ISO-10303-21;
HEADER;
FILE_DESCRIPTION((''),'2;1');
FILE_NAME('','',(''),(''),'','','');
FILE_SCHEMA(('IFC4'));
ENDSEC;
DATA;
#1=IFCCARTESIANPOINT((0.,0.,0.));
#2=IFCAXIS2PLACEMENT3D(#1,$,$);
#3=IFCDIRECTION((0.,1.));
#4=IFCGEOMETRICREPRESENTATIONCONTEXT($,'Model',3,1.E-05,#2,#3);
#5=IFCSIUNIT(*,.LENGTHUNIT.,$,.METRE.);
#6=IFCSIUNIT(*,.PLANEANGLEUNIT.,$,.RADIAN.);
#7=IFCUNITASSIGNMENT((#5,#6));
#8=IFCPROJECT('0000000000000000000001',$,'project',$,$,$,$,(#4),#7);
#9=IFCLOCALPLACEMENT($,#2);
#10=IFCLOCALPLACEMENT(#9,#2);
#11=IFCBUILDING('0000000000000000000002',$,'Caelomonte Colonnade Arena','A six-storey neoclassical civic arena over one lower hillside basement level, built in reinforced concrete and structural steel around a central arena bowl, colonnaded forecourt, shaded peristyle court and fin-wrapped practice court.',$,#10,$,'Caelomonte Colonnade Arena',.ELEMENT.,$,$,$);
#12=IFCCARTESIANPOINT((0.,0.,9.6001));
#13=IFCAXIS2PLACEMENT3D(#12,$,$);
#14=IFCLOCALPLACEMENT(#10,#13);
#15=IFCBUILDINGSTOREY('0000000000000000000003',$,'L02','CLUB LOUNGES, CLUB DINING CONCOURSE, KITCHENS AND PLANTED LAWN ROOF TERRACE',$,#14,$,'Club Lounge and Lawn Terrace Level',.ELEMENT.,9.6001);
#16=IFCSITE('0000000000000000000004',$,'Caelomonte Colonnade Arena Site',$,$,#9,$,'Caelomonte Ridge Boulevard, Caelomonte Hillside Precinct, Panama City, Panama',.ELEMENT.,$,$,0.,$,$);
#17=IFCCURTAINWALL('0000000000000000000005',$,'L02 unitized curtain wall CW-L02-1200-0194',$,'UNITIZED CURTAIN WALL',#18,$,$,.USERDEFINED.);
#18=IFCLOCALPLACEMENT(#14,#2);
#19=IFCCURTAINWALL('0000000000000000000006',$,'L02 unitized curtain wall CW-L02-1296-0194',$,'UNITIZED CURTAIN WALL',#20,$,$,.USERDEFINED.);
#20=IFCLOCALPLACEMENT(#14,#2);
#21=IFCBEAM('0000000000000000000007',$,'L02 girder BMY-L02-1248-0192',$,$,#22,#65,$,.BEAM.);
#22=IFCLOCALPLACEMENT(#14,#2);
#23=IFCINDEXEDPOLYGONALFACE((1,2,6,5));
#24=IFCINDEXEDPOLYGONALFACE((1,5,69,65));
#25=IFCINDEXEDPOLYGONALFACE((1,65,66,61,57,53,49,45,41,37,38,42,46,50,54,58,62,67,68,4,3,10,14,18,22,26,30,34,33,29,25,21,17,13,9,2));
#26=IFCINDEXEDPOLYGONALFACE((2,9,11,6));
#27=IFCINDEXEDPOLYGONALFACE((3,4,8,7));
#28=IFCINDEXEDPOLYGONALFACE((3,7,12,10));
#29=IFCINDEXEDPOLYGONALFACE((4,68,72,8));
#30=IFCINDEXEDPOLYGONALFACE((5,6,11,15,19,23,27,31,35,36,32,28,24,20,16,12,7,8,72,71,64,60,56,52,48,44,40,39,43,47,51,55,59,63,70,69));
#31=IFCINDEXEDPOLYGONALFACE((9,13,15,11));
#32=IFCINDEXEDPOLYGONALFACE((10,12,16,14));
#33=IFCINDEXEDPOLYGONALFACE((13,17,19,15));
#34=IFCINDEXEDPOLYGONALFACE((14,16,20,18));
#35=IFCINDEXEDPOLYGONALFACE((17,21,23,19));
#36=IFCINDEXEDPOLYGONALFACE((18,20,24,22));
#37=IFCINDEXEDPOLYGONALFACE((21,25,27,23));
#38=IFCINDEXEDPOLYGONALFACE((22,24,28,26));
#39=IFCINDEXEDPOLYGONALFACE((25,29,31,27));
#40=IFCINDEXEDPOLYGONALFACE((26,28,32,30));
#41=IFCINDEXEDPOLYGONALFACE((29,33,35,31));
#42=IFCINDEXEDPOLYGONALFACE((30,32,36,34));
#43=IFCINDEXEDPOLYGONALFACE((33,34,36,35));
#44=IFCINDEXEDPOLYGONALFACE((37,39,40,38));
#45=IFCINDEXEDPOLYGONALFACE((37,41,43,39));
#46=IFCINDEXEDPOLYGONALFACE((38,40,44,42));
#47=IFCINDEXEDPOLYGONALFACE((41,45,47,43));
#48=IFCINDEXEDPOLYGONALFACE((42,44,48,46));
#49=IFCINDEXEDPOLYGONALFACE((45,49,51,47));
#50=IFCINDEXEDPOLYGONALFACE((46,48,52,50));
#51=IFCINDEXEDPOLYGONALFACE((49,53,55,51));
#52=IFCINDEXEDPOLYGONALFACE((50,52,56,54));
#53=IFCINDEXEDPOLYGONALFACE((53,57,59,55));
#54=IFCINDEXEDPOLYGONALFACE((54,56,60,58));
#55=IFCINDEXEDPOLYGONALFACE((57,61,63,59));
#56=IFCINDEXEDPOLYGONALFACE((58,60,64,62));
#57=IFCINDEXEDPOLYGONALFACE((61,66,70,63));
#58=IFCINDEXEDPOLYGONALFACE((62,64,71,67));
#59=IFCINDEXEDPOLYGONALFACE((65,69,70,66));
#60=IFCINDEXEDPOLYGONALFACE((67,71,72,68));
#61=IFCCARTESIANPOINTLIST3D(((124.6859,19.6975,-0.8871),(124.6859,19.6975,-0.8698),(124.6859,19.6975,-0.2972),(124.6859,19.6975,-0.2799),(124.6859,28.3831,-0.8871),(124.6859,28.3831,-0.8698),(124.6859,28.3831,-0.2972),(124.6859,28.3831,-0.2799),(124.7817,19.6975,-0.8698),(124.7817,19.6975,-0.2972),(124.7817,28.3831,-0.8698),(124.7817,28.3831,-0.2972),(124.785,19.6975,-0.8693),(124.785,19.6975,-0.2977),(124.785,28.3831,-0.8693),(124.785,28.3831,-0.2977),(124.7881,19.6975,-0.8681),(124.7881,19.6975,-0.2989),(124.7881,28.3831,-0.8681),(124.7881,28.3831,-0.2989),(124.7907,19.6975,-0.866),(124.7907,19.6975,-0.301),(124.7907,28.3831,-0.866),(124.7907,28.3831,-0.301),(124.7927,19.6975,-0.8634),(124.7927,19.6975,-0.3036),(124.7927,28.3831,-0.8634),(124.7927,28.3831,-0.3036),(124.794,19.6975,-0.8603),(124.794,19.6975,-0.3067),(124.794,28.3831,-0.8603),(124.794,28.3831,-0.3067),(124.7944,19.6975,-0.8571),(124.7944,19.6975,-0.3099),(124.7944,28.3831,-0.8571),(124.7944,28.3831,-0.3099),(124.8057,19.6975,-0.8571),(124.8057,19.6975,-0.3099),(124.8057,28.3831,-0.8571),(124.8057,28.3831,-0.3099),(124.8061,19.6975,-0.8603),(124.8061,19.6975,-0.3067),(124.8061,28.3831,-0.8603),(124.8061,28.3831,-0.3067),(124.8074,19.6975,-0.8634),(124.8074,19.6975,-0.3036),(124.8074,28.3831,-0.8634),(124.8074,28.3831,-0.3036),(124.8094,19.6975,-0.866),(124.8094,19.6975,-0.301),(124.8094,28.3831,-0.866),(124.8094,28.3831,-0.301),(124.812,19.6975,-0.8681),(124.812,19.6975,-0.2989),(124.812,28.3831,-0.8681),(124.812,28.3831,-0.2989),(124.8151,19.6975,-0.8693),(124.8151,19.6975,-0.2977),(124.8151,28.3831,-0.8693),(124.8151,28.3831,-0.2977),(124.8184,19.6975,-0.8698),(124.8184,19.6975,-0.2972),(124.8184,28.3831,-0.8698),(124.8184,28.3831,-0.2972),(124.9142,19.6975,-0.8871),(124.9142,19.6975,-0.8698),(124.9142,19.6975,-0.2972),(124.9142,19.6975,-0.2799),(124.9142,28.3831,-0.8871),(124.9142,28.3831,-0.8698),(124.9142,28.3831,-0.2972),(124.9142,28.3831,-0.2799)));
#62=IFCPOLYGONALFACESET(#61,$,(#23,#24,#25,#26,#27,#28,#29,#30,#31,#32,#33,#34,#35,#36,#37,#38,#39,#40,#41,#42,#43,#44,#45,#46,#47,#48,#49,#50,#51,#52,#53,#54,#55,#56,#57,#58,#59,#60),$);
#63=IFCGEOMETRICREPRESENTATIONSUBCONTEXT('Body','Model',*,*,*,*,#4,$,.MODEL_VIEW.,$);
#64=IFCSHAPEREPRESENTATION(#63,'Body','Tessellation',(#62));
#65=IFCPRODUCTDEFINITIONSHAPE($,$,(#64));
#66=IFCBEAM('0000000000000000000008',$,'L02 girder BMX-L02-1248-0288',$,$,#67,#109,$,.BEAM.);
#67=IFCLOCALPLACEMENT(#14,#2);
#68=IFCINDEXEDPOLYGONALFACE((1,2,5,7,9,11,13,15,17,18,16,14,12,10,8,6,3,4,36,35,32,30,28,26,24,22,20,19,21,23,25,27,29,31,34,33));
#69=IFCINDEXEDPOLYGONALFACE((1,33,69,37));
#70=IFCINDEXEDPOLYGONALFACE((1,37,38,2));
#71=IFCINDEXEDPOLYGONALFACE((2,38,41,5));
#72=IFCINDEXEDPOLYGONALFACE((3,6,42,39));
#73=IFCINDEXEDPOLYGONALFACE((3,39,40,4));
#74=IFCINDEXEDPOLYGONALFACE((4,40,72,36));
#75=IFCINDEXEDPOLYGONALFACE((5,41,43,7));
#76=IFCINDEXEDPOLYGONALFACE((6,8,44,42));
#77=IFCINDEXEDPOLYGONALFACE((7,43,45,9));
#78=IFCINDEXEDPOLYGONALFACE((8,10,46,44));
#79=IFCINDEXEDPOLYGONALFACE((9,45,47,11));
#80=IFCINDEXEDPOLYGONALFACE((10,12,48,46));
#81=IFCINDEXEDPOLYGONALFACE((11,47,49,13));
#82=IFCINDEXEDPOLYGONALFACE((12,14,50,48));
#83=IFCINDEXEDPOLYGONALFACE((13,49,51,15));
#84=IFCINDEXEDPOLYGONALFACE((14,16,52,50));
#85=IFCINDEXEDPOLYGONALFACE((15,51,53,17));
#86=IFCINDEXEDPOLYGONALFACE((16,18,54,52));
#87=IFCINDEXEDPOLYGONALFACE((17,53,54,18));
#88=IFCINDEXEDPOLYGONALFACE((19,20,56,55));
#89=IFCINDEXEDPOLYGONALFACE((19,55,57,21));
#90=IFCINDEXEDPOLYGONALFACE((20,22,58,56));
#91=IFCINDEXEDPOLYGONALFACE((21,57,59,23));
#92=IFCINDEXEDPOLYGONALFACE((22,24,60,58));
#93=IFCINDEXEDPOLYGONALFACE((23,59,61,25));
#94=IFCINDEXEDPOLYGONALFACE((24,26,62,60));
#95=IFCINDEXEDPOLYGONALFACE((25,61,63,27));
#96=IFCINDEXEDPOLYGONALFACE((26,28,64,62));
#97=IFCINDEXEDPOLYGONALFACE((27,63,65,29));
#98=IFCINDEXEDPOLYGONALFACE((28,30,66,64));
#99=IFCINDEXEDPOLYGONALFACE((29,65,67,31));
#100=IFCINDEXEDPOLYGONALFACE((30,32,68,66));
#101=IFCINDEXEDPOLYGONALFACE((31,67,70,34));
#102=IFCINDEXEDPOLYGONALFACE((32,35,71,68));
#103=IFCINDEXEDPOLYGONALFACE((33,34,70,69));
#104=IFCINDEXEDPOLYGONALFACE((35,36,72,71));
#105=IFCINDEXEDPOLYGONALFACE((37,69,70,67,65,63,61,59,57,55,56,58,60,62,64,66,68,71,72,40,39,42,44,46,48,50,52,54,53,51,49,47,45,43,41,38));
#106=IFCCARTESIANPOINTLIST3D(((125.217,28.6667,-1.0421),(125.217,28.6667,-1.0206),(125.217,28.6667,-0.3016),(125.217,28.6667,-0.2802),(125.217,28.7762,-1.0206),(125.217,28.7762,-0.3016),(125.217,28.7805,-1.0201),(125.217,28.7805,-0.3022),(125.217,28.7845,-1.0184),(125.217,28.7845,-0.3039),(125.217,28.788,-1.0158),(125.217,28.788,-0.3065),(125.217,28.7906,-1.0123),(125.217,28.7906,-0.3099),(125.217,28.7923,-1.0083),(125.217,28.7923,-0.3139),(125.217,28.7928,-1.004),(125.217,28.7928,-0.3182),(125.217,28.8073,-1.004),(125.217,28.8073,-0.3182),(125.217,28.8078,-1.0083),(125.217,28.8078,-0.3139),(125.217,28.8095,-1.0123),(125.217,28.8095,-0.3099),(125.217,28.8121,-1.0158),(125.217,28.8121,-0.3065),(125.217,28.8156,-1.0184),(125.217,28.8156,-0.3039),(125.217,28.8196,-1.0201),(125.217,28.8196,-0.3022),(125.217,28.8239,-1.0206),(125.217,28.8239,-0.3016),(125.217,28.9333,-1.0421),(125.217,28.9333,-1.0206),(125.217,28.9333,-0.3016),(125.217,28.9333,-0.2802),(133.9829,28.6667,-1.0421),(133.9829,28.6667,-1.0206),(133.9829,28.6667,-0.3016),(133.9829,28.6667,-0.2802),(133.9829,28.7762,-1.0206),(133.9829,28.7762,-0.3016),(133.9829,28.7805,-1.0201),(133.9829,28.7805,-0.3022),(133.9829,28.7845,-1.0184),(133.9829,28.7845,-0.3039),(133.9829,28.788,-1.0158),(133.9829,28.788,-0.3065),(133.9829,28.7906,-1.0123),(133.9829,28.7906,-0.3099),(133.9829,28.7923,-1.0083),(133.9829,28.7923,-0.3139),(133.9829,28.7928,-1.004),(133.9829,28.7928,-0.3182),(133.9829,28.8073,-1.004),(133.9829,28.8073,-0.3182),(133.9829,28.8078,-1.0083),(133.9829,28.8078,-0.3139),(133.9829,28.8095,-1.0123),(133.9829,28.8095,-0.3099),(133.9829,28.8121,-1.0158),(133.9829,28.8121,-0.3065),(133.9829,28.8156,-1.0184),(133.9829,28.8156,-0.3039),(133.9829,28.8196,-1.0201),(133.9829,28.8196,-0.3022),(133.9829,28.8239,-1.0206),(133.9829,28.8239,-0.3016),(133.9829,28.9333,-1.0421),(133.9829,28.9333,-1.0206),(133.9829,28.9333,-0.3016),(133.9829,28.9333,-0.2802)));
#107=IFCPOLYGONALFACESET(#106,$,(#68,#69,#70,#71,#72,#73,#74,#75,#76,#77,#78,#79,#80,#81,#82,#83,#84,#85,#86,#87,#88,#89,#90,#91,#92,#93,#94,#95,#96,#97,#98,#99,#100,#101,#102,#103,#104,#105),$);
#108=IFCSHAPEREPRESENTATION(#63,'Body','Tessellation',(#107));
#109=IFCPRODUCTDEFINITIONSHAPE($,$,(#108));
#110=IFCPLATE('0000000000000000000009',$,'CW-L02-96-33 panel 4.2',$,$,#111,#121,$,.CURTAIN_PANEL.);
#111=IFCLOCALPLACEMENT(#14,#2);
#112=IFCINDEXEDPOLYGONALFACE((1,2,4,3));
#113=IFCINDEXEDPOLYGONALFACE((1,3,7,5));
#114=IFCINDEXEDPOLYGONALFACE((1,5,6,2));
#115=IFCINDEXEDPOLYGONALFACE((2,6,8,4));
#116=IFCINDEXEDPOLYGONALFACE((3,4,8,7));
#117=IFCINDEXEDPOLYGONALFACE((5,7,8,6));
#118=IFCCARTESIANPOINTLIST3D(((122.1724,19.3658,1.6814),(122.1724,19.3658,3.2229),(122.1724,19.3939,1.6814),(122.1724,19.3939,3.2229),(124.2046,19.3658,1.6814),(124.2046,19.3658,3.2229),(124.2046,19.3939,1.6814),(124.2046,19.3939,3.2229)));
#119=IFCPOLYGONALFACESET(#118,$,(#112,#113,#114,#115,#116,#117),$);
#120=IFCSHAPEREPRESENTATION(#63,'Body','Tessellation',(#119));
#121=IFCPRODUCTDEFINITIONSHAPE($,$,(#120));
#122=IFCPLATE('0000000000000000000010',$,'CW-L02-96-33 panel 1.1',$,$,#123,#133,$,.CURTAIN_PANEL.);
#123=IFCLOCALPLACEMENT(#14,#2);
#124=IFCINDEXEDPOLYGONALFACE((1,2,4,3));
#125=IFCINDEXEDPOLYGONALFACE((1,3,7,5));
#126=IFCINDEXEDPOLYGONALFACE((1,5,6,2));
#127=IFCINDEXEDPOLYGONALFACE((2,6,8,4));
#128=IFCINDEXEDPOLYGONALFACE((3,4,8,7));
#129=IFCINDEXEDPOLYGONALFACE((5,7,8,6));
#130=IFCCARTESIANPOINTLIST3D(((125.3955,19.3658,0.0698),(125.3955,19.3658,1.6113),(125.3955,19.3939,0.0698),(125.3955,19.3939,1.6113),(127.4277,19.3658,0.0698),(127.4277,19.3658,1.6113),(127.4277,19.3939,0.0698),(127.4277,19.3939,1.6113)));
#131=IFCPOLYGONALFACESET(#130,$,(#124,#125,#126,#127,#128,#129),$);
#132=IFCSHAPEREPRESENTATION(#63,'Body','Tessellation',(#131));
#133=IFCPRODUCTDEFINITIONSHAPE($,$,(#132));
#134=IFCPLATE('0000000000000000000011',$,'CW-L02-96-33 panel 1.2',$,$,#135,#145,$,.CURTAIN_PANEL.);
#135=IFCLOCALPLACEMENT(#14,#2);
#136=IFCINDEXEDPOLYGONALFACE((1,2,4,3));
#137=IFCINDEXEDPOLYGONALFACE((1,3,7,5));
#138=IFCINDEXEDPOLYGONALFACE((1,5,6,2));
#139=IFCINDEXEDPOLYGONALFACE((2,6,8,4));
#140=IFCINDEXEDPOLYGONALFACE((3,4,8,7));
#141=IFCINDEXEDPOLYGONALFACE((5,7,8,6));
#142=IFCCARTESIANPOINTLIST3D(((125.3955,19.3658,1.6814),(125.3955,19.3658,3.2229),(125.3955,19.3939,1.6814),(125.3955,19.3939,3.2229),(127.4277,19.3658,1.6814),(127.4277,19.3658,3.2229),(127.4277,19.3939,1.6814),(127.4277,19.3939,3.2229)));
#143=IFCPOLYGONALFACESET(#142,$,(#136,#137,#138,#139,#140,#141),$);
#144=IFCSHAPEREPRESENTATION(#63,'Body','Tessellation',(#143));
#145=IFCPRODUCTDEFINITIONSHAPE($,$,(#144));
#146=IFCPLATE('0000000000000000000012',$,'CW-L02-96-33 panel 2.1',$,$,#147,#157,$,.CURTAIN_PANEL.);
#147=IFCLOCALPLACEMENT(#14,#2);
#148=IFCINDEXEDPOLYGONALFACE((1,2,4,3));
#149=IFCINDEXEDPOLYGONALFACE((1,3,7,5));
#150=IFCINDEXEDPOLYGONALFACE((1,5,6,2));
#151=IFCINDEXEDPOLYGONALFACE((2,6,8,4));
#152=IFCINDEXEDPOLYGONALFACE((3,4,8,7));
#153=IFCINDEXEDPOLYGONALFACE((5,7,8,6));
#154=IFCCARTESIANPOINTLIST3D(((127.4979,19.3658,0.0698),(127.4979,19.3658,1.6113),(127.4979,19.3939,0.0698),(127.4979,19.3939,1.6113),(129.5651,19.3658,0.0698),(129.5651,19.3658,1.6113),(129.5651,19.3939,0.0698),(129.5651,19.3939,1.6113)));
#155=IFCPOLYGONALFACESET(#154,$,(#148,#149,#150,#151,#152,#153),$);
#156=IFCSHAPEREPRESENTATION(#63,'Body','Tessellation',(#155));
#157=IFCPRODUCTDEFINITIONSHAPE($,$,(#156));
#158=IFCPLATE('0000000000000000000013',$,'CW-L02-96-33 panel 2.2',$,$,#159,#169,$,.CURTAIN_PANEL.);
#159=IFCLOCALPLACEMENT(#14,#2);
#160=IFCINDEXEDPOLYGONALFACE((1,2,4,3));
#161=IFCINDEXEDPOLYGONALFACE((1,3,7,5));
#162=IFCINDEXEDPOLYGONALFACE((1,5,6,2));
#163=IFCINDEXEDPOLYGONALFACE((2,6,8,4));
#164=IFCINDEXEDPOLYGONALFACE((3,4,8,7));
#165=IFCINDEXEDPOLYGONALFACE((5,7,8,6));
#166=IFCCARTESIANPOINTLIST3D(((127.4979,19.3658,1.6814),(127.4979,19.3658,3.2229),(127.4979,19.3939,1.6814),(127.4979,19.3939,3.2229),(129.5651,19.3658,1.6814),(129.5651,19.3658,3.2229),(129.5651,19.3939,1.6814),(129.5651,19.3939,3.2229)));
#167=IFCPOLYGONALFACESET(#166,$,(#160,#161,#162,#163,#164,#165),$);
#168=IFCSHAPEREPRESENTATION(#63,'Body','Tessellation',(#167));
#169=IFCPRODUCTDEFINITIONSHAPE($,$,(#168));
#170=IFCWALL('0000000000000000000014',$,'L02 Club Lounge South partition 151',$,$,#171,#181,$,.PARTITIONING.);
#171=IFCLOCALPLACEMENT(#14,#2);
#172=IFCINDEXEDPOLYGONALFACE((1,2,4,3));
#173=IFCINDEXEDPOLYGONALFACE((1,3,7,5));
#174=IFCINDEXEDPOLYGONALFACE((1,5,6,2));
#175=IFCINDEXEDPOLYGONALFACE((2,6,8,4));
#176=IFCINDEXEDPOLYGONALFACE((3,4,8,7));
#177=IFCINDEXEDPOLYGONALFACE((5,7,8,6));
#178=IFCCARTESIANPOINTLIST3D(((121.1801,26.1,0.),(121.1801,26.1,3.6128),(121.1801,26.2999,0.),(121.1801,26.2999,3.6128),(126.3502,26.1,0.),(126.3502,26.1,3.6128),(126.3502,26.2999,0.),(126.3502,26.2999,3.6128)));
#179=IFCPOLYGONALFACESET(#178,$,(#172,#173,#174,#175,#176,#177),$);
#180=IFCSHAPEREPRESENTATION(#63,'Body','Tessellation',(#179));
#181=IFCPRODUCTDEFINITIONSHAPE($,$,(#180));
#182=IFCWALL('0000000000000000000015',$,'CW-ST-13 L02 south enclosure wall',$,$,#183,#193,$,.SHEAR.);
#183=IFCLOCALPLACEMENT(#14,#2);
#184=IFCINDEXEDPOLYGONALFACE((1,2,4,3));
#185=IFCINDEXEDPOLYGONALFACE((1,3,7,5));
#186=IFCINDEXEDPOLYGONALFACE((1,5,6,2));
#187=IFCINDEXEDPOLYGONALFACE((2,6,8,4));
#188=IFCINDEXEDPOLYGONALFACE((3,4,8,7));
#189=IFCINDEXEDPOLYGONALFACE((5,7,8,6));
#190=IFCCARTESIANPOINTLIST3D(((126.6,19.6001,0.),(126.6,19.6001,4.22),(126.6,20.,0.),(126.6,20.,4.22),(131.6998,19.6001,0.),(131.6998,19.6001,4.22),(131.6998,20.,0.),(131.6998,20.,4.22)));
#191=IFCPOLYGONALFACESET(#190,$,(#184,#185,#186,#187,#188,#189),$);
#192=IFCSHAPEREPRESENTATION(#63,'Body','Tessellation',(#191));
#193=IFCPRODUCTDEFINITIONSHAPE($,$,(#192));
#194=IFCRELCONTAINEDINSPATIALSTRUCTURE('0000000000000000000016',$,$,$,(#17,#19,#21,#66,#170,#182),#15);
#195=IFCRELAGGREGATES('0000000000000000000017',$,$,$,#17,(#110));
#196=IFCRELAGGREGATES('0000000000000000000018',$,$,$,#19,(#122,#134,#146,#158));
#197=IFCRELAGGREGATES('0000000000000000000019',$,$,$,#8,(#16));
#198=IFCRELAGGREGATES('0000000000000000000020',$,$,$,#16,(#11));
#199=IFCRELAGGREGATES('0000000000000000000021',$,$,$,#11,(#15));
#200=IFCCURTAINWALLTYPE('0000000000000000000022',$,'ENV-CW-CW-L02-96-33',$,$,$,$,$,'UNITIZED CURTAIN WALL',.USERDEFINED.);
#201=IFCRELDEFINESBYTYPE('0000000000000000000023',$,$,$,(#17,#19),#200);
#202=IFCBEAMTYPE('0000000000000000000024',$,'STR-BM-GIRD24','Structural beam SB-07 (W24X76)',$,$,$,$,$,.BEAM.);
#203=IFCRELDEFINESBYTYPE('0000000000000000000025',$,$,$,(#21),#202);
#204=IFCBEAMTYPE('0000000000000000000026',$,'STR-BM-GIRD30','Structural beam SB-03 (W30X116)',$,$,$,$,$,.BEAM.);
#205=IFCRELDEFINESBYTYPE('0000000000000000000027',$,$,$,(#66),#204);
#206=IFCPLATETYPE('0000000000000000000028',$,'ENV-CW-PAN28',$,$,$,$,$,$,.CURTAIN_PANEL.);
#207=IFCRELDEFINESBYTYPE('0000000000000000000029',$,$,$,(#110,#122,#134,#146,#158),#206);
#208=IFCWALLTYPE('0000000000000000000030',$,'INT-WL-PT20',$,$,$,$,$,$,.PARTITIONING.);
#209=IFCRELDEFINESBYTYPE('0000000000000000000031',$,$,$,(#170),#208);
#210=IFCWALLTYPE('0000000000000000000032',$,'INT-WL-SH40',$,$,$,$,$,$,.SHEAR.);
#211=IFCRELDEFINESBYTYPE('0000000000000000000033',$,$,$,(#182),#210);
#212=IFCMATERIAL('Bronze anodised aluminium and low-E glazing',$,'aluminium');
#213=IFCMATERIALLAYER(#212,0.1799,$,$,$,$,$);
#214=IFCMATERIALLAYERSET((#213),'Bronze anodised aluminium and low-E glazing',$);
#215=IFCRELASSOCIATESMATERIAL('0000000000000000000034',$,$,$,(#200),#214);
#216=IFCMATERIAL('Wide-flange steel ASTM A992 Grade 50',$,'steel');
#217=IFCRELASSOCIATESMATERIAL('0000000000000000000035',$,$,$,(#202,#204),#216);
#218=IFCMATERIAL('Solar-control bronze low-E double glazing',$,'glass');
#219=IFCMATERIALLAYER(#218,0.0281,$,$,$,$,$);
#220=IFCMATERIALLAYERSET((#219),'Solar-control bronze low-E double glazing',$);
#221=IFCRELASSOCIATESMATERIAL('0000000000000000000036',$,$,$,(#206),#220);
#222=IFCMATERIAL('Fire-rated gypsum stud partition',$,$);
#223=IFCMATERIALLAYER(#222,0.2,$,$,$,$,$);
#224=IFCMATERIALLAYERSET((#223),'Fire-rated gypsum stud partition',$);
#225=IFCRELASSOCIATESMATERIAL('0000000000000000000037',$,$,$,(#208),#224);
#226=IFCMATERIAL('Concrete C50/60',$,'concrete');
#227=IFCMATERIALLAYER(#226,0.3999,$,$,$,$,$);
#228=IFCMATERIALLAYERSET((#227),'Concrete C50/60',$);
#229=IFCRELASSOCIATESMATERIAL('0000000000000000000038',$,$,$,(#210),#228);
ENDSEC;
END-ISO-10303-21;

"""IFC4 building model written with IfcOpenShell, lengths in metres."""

from ifc_helpers import new_model, si_unit, direction, frame, frame_2d, origin, origin_2d, place, context, subcontext, project, spatial, rectangle, i_section, extrude, material, layer, layer_set, material_profile, profile_set, type_object, element, aggregate, save


model = new_model("IFC4")

# Units and contexts
model_context = context("Model", 3, precision=1e-05, world=origin(), true_north=direction((0.0, 1.0)))
body_context = subcontext(model_context, "Body", "Model", "MODEL_VIEW")
ifc_project = project(units=[si_unit("LENGTHUNIT", "METRE"), si_unit("PLANEANGLEUNIT", "RADIAN")], contexts=[model_context])

# Site, building, storey
site_placement = place(None, origin())
site = spatial("IfcSite", under=ifc_project, at=site_placement, Name="Caelomonte Colonnade Arena Site", LongName="Caelomonte Ridge Boulevard, Caelomonte Hillside Precinct, Panama City, Panama", CompositionType="ELEMENT", RefElevation=0.0)
building_placement = place(site_placement, origin())
building = spatial("IfcBuilding", under=site, at=building_placement, Name="Caelomonte Colonnade Arena", Description="A six-storey neoclassical civic arena over one lower hillside basement level, built in reinforced concrete and structural steel around a central arena bowl, colonnaded forecourt, shaded peristyle court and fin-wrapped practice court.", LongName="Caelomonte Colonnade Arena", CompositionType="ELEMENT")
storey_placement = place(building_placement, frame((0.0, 0.0, 9.6001)))
storey = spatial("IfcBuildingStorey", under=building, at=storey_placement, Name="L02", Description="CLUB LOUNGES, CLUB DINING CONCOURSE, KITCHENS AND PLANTED LAWN ROOF TERRACE", LongName="Club Lounge and Lawn Terrace Level", CompositionType="ELEMENT", Elevation=9.6001)

# Shared definitions
ifc_material_1 = material(Name="Concrete C50/60", Category="concrete")

# Curtain wall
ifc_material_2 = material(Name="Bronze anodised aluminium and low-E glazing", Category="aluminium")
ifc_layer_1 = layer(ifc_material_2, 0.1799)
ifc_layer_set_1 = layer_set([ifc_layer_1], Name="Bronze anodised aluminium and low-E glazing")
curtain_wall_type = type_object("IfcCurtainWallType", Name="ENV-CW-CW-L02-96-33", ElementType="UNITIZED CURTAIN WALL", PredefinedType="USERDEFINED", material=ifc_layer_set_1)
curtain_wall_1_placement = place(storey_placement, origin())
curtain_wall_1 = element("IfcCurtainWall", 1, at=curtain_wall_1_placement, inside=storey, type_object=curtain_wall_type, Name="L02 unitized curtain wall CW-L02-1200-0194", ObjectType="UNITIZED CURTAIN WALL", PredefinedType="USERDEFINED")

# Curtain wall
curtain_wall_2_placement = place(storey_placement, origin())
curtain_wall_2 = element("IfcCurtainWall", 2, at=curtain_wall_2_placement, inside=storey, type_object=curtain_wall_type, Name="L02 unitized curtain wall CW-L02-1296-0194", ObjectType="UNITIZED CURTAIN WALL", PredefinedType="USERDEFINED")

# Beams
ifc_material_3 = material(Name="Wide-flange steel ASTM A992 Grade 50", Category="steel")
ifc_material_profile_1 = material_profile(ifc_material_3, i_section(OverallWidth=0.2283, OverallDepth=0.6072, WebThickness=0.0112, FlangeThickness=0.0173, FilletRadius=0.0127, at=origin_2d()), Name="W24X76")
ifc_profile_set_1 = profile_set([ifc_material_profile_1], Name="Wide-flange steel ASTM A992 Grade 50")
beam_type_1 = type_object("IfcBeamType", Name="STR-BM-GIRD24", Description="Structural beam SB-07 (W24X76)", PredefinedType="BEAM", material=ifc_profile_set_1)
beam_1_placement = place(storey_placement, frame((124.8, 19.6975, -0.5835), z_axis=(0.0, 1.0, 0.0), x_axis=(-1.0, 0.0, 0.0)))
element("IfcBeam", 3, at=beam_1_placement, inside=storey, type_object=beam_type_1, Name="L02 girder BMY-L02-1248-0192", PredefinedType="BEAM", context=body_context, shape_type="SweptSolid", body=[
    extrude(i_section(OverallWidth=0.2283, OverallDepth=0.6072, WebThickness=0.0112, FlangeThickness=0.0173, FilletRadius=0.0127, at=origin_2d()), origin(), (0.0, 0.0, 1.0), 8.6855),
])
ifc_material_profile_2 = material_profile(ifc_material_3, i_section(OverallWidth=0.2666, OverallDepth=0.762, WebThickness=0.0144, FlangeThickness=0.0215, FilletRadius=0.0166, at=origin_2d()), Name="W30X116")
ifc_profile_set_2 = profile_set([ifc_material_profile_2], Name="Wide-flange steel ASTM A992 Grade 50")
beam_type_2 = type_object("IfcBeamType", Name="STR-BM-GIRD30", Description="Structural beam SB-03 (W30X116)", PredefinedType="BEAM", material=ifc_profile_set_2)
beam_2_placement = place(storey_placement, frame((125.217, 28.8, -0.6611), z_axis=(1.0, 0.0, 0.0), x_axis=(0.0, 1.0, 0.0)))
element("IfcBeam", 4, at=beam_2_placement, inside=storey, type_object=beam_type_2, Name="L02 girder BMX-L02-1248-0288", PredefinedType="BEAM", context=body_context, shape_type="SweptSolid", body=[
    extrude(i_section(OverallWidth=0.2666, OverallDepth=0.762, WebThickness=0.0144, FlangeThickness=0.0215, FilletRadius=0.0166, at=origin_2d()), origin(), (0.0, 0.0, 1.0), 8.7659),
])

# Plates
ifc_material_4 = material(Name="Solar-control bronze low-E double glazing", Category="glass")
ifc_layer_2 = layer(ifc_material_4, 0.0281)
ifc_layer_set_2 = layer_set([ifc_layer_2], Name="Solar-control bronze low-E double glazing")
plate_type = type_object("IfcPlateType", Name="ENV-CW-PAN28", PredefinedType="CURTAIN_PANEL", material=ifc_layer_set_2)
plate_1_placement = place(storey_placement, frame((123.1885, 19.3799, 1.6814), z_axis=(0.0, 0.0, 1.0), x_axis=(1.0, 0.0, 0.0)))
plate_1 = element("IfcPlate", 5, at=plate_1_placement, type_object=plate_type, Name="CW-L02-96-33 panel 4.2", PredefinedType="CURTAIN_PANEL", context=body_context, shape_type="SweptSolid", body=[
    extrude(rectangle(XDim=2.0322, YDim=0.0281, at=origin_2d()), origin(), (0.0, 0.0, 1.0), 1.5415),
])
aggregate(curtain_wall_1, [plate_1])
plate_2_placement = place(storey_placement, frame((126.4116, 19.3799, 0.0698), z_axis=(0.0, 0.0, 1.0), x_axis=(1.0, 0.0, 0.0)))
plate_2 = element("IfcPlate", 6, at=plate_2_placement, type_object=plate_type, Name="CW-L02-96-33 panel 1.1", PredefinedType="CURTAIN_PANEL", context=body_context, shape_type="SweptSolid", body=[
    extrude(rectangle(XDim=2.0322, YDim=0.0281, at=origin_2d()), origin(), (0.0, 0.0, 1.0), 1.5415),
])
plate_3_placement = place(storey_placement, frame((126.4116, 19.3799, 1.6814), z_axis=(0.0, 0.0, 1.0), x_axis=(1.0, 0.0, 0.0)))
plate_3 = element("IfcPlate", 7, at=plate_3_placement, type_object=plate_type, Name="CW-L02-96-33 panel 1.2", PredefinedType="CURTAIN_PANEL", context=body_context, shape_type="SweptSolid", body=[
    extrude(rectangle(XDim=2.0322, YDim=0.0281, at=origin_2d()), origin(), (0.0, 0.0, 1.0), 1.5415),
])
plate_4_placement = place(storey_placement, frame((128.5315, 19.3799, 0.0698), z_axis=(0.0, 0.0, 1.0), x_axis=(1.0, 0.0, 0.0)))
plate_4 = element("IfcPlate", 8, at=plate_4_placement, type_object=plate_type, Name="CW-L02-96-33 panel 2.1", PredefinedType="CURTAIN_PANEL", context=body_context, shape_type="SweptSolid", body=[
    extrude(rectangle(XDim=2.0671, YDim=0.0281, at=origin_2d()), origin(), (0.0, 0.0, 1.0), 1.5415),
])
plate_5_placement = place(storey_placement, frame((128.5315, 19.3799, 1.6814), z_axis=(0.0, 0.0, 1.0), x_axis=(1.0, 0.0, 0.0)))
plate_5 = element("IfcPlate", 9, at=plate_5_placement, type_object=plate_type, Name="CW-L02-96-33 panel 2.2", PredefinedType="CURTAIN_PANEL", context=body_context, shape_type="SweptSolid", body=[
    extrude(rectangle(XDim=2.0671, YDim=0.0281, at=origin_2d()), origin(), (0.0, 0.0, 1.0), 1.5415),
])
aggregate(curtain_wall_2, [plate_2, plate_3, plate_4, plate_5])

# Walls
ifc_material_5 = material(Name="Fire-rated gypsum stud partition")
ifc_layer_3 = layer(ifc_material_5, 0.2)
ifc_layer_set_3 = layer_set([ifc_layer_3], Name="Fire-rated gypsum stud partition")
wall_type_1 = type_object("IfcWallType", Name="INT-WL-PT20", PredefinedType="PARTITIONING", material=ifc_layer_set_3)
wall_1_placement = place(storey_placement, frame((126.3501, 26.2, 0.0), z_axis=(0.0, 0.0, 1.0), x_axis=(-1.0, 0.0, 0.0)))
element("IfcWall", 10, at=wall_1_placement, inside=storey, type_object=wall_type_1, Name="L02 Club Lounge South partition 151", PredefinedType="PARTITIONING", context=body_context, shape_type="SweptSolid", body=[
    extrude(rectangle(XDim=5.1702, YDim=0.2, at=frame_2d((2.585, 0.0))), origin(), (0.0, 0.0, 1.0), 3.6128),
])
ifc_layer_4 = layer(ifc_material_1, 0.3999)
ifc_layer_set_4 = layer_set([ifc_layer_4], Name="Concrete C50/60")
wall_type_2 = type_object("IfcWallType", Name="INT-WL-SH40", PredefinedType="SHEAR", material=ifc_layer_set_4)
wall_2_placement = place(storey_placement, frame((126.6001, 19.8, 0.0), z_axis=(0.0, 0.0, 1.0), x_axis=(1.0, 0.0, 0.0)))
element("IfcWall", 11, at=wall_2_placement, inside=storey, type_object=wall_type_2, Name="CW-ST-13 L02 south enclosure wall", PredefinedType="SHEAR", context=body_context, shape_type="SweptSolid", body=[
    extrude(rectangle(XDim=5.0999, YDim=0.3999, at=frame_2d((2.5498, 0.0))), origin(), (0.0, 0.0, 1.0), 4.22),
])

save(model, "model.ifc")
